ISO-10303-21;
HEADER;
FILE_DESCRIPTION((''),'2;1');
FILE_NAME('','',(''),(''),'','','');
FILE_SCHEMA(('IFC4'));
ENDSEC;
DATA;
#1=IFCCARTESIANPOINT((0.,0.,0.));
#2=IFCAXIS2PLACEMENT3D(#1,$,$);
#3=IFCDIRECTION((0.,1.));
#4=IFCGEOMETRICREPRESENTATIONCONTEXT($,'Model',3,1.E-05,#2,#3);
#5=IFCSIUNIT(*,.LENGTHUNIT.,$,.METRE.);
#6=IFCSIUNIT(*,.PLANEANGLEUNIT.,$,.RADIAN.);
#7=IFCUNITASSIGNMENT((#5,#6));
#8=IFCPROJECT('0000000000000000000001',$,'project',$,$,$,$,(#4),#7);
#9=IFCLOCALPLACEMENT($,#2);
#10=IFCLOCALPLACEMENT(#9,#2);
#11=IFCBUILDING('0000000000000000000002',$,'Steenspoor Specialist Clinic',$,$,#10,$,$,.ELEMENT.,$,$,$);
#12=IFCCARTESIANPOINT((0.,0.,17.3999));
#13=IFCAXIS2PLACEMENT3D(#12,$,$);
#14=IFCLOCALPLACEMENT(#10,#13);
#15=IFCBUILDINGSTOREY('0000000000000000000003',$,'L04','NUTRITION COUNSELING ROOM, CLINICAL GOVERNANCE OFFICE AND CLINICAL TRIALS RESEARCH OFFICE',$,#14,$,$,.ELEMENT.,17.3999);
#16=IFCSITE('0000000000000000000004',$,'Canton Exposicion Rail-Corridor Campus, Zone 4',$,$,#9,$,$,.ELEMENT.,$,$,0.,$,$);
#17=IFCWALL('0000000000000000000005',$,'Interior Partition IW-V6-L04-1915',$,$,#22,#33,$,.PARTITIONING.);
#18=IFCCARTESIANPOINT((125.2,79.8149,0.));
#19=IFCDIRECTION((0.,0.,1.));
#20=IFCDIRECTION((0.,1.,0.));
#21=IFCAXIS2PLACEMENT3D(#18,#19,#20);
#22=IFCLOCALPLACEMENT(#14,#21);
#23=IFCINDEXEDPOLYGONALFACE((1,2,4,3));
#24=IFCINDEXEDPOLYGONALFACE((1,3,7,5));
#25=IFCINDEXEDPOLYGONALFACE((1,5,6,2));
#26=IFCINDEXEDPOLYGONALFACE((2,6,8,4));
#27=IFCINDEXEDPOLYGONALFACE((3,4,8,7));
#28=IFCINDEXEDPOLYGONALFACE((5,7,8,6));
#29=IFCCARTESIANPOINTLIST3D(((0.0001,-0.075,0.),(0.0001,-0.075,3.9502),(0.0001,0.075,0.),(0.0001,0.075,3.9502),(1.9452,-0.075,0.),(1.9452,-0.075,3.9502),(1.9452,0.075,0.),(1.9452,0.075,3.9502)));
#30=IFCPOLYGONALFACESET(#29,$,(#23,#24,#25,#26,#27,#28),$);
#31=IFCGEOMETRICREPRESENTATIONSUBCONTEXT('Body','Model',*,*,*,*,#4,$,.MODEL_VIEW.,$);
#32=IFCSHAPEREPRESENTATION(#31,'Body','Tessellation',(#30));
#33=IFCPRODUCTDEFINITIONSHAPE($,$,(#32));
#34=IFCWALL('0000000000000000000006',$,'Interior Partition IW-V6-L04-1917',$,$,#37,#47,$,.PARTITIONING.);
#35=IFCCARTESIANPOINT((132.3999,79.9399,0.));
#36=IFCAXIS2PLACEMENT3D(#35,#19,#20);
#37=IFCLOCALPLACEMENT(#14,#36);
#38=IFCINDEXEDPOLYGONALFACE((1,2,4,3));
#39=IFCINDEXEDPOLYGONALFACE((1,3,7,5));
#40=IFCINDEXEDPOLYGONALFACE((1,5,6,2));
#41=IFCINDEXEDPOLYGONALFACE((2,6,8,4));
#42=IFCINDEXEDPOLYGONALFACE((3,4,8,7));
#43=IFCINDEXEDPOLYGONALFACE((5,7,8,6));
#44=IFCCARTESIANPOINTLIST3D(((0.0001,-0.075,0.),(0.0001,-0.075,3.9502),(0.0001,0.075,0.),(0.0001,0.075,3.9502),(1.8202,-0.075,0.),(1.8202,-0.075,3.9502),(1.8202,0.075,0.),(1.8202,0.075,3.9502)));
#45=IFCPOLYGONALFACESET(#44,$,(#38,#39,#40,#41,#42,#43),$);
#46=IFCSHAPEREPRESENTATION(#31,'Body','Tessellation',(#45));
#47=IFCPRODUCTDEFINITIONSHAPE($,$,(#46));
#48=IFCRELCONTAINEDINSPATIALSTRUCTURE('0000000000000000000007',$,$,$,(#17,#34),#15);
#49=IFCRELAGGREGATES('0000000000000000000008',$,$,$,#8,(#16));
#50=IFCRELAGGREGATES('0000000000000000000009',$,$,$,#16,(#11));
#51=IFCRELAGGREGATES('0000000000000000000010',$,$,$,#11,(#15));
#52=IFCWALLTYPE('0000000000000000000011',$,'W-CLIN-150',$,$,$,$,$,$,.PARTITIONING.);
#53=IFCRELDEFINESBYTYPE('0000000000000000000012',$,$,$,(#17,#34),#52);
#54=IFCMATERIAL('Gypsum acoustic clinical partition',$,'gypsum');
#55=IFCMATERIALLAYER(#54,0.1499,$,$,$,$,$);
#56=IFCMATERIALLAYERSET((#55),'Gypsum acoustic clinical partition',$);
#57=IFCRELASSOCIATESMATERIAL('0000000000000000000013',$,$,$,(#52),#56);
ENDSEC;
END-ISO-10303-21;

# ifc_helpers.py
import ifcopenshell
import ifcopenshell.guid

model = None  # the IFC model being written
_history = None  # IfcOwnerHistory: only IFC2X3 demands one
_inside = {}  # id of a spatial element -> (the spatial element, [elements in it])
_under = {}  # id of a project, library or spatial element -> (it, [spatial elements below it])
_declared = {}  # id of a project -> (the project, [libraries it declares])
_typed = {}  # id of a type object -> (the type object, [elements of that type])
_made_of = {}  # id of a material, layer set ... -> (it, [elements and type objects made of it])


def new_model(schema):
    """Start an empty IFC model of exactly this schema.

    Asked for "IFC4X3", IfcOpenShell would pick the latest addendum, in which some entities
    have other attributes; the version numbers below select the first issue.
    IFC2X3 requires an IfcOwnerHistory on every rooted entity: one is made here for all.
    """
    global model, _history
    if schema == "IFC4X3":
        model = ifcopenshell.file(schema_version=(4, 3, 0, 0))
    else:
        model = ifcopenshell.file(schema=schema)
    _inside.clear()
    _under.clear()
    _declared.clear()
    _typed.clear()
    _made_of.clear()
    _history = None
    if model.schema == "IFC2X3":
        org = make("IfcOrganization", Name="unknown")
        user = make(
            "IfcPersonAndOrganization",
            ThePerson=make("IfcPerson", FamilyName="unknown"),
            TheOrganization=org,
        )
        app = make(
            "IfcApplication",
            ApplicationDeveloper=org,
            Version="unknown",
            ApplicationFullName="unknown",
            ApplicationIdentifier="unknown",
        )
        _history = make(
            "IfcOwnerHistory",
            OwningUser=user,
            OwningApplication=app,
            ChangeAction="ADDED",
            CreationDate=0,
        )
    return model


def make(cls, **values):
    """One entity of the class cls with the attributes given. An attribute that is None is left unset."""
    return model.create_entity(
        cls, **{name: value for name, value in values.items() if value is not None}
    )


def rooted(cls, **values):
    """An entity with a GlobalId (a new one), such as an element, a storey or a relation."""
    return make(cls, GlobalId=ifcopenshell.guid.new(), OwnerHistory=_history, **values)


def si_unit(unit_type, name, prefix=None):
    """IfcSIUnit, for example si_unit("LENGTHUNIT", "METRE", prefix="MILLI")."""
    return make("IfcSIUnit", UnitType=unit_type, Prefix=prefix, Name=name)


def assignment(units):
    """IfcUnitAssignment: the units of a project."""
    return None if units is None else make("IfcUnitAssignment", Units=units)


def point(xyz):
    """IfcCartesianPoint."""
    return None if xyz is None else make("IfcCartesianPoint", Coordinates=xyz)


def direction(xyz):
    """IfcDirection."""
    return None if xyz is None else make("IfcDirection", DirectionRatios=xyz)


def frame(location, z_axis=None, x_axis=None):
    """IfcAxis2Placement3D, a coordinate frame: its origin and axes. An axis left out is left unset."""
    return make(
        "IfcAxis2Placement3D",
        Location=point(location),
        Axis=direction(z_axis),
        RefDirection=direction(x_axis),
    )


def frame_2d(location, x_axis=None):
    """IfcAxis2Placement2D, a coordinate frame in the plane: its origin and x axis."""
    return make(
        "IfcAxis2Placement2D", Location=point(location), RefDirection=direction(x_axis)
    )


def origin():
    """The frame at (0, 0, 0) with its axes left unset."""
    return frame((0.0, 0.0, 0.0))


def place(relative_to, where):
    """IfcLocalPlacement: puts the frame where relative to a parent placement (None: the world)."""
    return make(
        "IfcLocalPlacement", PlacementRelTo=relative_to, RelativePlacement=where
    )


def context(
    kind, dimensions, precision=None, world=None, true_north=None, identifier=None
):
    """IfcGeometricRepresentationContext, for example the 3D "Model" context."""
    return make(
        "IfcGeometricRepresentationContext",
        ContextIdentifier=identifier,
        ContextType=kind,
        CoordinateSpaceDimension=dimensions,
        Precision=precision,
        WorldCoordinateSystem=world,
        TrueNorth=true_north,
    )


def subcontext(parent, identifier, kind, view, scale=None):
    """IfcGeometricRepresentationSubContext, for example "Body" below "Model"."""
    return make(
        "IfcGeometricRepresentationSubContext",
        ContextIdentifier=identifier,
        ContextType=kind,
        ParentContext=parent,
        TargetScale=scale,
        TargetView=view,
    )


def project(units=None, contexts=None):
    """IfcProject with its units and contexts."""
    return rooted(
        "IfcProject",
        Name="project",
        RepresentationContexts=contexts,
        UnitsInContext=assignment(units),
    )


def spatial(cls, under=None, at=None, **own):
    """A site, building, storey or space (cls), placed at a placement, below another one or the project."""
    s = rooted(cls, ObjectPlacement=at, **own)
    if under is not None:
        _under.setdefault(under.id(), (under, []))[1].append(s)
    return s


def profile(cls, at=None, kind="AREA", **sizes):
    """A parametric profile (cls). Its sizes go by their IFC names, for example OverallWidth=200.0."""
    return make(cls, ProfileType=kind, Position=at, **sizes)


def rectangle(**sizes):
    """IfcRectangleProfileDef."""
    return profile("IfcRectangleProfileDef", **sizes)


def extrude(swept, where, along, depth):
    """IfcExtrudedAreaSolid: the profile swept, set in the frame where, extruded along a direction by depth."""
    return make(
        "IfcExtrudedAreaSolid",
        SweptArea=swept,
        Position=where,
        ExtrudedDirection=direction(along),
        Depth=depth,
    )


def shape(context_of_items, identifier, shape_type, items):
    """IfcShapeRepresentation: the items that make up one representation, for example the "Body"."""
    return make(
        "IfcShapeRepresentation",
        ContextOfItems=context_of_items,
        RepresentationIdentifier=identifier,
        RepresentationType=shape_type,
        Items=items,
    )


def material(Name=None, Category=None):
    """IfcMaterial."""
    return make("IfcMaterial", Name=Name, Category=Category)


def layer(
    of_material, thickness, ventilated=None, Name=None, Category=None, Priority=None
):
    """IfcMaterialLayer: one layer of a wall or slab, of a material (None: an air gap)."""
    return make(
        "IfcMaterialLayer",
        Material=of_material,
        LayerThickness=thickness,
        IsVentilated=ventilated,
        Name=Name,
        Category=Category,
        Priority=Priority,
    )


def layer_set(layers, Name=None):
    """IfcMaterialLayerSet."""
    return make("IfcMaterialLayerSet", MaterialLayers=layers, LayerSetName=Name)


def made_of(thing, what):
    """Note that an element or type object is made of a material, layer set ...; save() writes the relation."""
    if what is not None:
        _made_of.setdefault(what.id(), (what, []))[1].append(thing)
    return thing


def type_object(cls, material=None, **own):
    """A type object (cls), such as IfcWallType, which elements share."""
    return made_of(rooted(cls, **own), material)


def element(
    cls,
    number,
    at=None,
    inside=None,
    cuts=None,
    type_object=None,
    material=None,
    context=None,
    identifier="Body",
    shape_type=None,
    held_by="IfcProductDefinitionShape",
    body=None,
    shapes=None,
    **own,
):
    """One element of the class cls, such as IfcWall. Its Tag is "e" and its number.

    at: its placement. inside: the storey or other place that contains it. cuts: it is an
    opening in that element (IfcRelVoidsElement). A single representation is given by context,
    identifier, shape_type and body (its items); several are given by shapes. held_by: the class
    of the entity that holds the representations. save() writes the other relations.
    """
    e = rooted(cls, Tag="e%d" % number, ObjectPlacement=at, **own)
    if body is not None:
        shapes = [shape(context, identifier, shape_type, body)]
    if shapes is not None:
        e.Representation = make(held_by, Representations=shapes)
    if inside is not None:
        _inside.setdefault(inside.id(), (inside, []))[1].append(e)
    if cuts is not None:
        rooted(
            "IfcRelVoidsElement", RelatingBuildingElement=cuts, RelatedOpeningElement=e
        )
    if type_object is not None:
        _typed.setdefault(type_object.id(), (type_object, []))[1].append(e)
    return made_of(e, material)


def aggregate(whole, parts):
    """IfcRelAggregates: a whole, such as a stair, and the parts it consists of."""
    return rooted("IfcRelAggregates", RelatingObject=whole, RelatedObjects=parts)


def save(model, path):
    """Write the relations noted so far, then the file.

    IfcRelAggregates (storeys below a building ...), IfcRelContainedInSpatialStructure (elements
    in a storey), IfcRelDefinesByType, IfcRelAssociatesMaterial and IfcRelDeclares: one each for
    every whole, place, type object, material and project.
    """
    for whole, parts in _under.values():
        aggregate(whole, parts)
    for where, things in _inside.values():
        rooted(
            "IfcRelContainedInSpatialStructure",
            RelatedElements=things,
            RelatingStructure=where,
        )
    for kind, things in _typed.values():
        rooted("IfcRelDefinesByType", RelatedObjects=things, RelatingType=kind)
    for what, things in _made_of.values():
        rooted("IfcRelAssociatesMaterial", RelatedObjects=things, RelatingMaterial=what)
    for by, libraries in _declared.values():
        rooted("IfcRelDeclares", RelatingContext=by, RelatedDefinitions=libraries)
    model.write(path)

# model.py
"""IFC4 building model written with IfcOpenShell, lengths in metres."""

from ifc_helpers import new_model, si_unit, direction, frame, frame_2d, origin, place, context, subcontext, project, spatial, rectangle, extrude, material, layer, layer_set, type_object, element, save


model = new_model("IFC4")

# Units and contexts
model_context = context("Model", 3, precision=1e-05, world=origin(), true_north=direction((0.0, 1.0)))
body_context = subcontext(model_context, "Body", "Model", "MODEL_VIEW")
ifc_project = project(units=[si_unit("LENGTHUNIT", "METRE"), si_unit("PLANEANGLEUNIT", "RADIAN")], contexts=[model_context])

# Site, building, storey
site_placement = place(None, origin())
site = spatial("IfcSite", under=ifc_project, at=site_placement, Name="Canton Exposicion Rail-Corridor Campus, Zone 4", CompositionType="ELEMENT", RefElevation=0.0)
building_placement = place(site_placement, origin())
building = spatial("IfcBuilding", under=site, at=building_placement, Name="Steenspoor Specialist Clinic", CompositionType="ELEMENT")
storey_placement = place(building_placement, frame((0.0, 0.0, 17.3999)))
storey = spatial("IfcBuildingStorey", under=building, at=storey_placement, Name="L04", Description="NUTRITION COUNSELING ROOM, CLINICAL GOVERNANCE OFFICE AND CLINICAL TRIALS RESEARCH OFFICE", CompositionType="ELEMENT", Elevation=17.3999)

# Shared definitions
ifc_material_1 = material(Name="Gypsum acoustic clinical partition", Category="gypsum")
ifc_layer_1 = layer(ifc_material_1, 0.1499)
ifc_layer_set_1 = layer_set([ifc_layer_1], Name="Gypsum acoustic clinical partition")
wall_type_1 = type_object("IfcWallType", Name="W-CLIN-150", PredefinedType="PARTITIONING", material=ifc_layer_set_1)

# Walls
wall_1_placement = place(storey_placement, frame((125.2, 79.8149, 0.0), z_axis=(0.0, 0.0, 1.0), x_axis=(0.0, 1.0, 0.0)))
element("IfcWall", 1, at=wall_1_placement, inside=storey, type_object=wall_type_1, Name="Interior Partition IW-V6-L04-1915", PredefinedType="PARTITIONING", context=body_context, shape_type="SweptSolid", body=[
    extrude(rectangle(XDim=1.9451, YDim=0.1499, at=frame_2d((0.9727, 0.0))), origin(), (0.0, 0.0, 1.0), 3.9502),
])
wall_2_placement = place(storey_placement, frame((132.3999, 79.9399, 0.0), z_axis=(0.0, 0.0, 1.0), x_axis=(0.0, 1.0, 0.0)))
element("IfcWall", 2, at=wall_2_placement, inside=storey, type_object=wall_type_1, Name="Interior Partition IW-V6-L04-1917", PredefinedType="PARTITIONING", context=body_context, shape_type="SweptSolid", body=[
    extrude(rectangle(XDim=1.8201, YDim=0.1499, at=frame_2d((0.9102, 0.0))), origin(), (0.0, 0.0, 1.0), 3.9502),
])

save(model, "model.ifc")
